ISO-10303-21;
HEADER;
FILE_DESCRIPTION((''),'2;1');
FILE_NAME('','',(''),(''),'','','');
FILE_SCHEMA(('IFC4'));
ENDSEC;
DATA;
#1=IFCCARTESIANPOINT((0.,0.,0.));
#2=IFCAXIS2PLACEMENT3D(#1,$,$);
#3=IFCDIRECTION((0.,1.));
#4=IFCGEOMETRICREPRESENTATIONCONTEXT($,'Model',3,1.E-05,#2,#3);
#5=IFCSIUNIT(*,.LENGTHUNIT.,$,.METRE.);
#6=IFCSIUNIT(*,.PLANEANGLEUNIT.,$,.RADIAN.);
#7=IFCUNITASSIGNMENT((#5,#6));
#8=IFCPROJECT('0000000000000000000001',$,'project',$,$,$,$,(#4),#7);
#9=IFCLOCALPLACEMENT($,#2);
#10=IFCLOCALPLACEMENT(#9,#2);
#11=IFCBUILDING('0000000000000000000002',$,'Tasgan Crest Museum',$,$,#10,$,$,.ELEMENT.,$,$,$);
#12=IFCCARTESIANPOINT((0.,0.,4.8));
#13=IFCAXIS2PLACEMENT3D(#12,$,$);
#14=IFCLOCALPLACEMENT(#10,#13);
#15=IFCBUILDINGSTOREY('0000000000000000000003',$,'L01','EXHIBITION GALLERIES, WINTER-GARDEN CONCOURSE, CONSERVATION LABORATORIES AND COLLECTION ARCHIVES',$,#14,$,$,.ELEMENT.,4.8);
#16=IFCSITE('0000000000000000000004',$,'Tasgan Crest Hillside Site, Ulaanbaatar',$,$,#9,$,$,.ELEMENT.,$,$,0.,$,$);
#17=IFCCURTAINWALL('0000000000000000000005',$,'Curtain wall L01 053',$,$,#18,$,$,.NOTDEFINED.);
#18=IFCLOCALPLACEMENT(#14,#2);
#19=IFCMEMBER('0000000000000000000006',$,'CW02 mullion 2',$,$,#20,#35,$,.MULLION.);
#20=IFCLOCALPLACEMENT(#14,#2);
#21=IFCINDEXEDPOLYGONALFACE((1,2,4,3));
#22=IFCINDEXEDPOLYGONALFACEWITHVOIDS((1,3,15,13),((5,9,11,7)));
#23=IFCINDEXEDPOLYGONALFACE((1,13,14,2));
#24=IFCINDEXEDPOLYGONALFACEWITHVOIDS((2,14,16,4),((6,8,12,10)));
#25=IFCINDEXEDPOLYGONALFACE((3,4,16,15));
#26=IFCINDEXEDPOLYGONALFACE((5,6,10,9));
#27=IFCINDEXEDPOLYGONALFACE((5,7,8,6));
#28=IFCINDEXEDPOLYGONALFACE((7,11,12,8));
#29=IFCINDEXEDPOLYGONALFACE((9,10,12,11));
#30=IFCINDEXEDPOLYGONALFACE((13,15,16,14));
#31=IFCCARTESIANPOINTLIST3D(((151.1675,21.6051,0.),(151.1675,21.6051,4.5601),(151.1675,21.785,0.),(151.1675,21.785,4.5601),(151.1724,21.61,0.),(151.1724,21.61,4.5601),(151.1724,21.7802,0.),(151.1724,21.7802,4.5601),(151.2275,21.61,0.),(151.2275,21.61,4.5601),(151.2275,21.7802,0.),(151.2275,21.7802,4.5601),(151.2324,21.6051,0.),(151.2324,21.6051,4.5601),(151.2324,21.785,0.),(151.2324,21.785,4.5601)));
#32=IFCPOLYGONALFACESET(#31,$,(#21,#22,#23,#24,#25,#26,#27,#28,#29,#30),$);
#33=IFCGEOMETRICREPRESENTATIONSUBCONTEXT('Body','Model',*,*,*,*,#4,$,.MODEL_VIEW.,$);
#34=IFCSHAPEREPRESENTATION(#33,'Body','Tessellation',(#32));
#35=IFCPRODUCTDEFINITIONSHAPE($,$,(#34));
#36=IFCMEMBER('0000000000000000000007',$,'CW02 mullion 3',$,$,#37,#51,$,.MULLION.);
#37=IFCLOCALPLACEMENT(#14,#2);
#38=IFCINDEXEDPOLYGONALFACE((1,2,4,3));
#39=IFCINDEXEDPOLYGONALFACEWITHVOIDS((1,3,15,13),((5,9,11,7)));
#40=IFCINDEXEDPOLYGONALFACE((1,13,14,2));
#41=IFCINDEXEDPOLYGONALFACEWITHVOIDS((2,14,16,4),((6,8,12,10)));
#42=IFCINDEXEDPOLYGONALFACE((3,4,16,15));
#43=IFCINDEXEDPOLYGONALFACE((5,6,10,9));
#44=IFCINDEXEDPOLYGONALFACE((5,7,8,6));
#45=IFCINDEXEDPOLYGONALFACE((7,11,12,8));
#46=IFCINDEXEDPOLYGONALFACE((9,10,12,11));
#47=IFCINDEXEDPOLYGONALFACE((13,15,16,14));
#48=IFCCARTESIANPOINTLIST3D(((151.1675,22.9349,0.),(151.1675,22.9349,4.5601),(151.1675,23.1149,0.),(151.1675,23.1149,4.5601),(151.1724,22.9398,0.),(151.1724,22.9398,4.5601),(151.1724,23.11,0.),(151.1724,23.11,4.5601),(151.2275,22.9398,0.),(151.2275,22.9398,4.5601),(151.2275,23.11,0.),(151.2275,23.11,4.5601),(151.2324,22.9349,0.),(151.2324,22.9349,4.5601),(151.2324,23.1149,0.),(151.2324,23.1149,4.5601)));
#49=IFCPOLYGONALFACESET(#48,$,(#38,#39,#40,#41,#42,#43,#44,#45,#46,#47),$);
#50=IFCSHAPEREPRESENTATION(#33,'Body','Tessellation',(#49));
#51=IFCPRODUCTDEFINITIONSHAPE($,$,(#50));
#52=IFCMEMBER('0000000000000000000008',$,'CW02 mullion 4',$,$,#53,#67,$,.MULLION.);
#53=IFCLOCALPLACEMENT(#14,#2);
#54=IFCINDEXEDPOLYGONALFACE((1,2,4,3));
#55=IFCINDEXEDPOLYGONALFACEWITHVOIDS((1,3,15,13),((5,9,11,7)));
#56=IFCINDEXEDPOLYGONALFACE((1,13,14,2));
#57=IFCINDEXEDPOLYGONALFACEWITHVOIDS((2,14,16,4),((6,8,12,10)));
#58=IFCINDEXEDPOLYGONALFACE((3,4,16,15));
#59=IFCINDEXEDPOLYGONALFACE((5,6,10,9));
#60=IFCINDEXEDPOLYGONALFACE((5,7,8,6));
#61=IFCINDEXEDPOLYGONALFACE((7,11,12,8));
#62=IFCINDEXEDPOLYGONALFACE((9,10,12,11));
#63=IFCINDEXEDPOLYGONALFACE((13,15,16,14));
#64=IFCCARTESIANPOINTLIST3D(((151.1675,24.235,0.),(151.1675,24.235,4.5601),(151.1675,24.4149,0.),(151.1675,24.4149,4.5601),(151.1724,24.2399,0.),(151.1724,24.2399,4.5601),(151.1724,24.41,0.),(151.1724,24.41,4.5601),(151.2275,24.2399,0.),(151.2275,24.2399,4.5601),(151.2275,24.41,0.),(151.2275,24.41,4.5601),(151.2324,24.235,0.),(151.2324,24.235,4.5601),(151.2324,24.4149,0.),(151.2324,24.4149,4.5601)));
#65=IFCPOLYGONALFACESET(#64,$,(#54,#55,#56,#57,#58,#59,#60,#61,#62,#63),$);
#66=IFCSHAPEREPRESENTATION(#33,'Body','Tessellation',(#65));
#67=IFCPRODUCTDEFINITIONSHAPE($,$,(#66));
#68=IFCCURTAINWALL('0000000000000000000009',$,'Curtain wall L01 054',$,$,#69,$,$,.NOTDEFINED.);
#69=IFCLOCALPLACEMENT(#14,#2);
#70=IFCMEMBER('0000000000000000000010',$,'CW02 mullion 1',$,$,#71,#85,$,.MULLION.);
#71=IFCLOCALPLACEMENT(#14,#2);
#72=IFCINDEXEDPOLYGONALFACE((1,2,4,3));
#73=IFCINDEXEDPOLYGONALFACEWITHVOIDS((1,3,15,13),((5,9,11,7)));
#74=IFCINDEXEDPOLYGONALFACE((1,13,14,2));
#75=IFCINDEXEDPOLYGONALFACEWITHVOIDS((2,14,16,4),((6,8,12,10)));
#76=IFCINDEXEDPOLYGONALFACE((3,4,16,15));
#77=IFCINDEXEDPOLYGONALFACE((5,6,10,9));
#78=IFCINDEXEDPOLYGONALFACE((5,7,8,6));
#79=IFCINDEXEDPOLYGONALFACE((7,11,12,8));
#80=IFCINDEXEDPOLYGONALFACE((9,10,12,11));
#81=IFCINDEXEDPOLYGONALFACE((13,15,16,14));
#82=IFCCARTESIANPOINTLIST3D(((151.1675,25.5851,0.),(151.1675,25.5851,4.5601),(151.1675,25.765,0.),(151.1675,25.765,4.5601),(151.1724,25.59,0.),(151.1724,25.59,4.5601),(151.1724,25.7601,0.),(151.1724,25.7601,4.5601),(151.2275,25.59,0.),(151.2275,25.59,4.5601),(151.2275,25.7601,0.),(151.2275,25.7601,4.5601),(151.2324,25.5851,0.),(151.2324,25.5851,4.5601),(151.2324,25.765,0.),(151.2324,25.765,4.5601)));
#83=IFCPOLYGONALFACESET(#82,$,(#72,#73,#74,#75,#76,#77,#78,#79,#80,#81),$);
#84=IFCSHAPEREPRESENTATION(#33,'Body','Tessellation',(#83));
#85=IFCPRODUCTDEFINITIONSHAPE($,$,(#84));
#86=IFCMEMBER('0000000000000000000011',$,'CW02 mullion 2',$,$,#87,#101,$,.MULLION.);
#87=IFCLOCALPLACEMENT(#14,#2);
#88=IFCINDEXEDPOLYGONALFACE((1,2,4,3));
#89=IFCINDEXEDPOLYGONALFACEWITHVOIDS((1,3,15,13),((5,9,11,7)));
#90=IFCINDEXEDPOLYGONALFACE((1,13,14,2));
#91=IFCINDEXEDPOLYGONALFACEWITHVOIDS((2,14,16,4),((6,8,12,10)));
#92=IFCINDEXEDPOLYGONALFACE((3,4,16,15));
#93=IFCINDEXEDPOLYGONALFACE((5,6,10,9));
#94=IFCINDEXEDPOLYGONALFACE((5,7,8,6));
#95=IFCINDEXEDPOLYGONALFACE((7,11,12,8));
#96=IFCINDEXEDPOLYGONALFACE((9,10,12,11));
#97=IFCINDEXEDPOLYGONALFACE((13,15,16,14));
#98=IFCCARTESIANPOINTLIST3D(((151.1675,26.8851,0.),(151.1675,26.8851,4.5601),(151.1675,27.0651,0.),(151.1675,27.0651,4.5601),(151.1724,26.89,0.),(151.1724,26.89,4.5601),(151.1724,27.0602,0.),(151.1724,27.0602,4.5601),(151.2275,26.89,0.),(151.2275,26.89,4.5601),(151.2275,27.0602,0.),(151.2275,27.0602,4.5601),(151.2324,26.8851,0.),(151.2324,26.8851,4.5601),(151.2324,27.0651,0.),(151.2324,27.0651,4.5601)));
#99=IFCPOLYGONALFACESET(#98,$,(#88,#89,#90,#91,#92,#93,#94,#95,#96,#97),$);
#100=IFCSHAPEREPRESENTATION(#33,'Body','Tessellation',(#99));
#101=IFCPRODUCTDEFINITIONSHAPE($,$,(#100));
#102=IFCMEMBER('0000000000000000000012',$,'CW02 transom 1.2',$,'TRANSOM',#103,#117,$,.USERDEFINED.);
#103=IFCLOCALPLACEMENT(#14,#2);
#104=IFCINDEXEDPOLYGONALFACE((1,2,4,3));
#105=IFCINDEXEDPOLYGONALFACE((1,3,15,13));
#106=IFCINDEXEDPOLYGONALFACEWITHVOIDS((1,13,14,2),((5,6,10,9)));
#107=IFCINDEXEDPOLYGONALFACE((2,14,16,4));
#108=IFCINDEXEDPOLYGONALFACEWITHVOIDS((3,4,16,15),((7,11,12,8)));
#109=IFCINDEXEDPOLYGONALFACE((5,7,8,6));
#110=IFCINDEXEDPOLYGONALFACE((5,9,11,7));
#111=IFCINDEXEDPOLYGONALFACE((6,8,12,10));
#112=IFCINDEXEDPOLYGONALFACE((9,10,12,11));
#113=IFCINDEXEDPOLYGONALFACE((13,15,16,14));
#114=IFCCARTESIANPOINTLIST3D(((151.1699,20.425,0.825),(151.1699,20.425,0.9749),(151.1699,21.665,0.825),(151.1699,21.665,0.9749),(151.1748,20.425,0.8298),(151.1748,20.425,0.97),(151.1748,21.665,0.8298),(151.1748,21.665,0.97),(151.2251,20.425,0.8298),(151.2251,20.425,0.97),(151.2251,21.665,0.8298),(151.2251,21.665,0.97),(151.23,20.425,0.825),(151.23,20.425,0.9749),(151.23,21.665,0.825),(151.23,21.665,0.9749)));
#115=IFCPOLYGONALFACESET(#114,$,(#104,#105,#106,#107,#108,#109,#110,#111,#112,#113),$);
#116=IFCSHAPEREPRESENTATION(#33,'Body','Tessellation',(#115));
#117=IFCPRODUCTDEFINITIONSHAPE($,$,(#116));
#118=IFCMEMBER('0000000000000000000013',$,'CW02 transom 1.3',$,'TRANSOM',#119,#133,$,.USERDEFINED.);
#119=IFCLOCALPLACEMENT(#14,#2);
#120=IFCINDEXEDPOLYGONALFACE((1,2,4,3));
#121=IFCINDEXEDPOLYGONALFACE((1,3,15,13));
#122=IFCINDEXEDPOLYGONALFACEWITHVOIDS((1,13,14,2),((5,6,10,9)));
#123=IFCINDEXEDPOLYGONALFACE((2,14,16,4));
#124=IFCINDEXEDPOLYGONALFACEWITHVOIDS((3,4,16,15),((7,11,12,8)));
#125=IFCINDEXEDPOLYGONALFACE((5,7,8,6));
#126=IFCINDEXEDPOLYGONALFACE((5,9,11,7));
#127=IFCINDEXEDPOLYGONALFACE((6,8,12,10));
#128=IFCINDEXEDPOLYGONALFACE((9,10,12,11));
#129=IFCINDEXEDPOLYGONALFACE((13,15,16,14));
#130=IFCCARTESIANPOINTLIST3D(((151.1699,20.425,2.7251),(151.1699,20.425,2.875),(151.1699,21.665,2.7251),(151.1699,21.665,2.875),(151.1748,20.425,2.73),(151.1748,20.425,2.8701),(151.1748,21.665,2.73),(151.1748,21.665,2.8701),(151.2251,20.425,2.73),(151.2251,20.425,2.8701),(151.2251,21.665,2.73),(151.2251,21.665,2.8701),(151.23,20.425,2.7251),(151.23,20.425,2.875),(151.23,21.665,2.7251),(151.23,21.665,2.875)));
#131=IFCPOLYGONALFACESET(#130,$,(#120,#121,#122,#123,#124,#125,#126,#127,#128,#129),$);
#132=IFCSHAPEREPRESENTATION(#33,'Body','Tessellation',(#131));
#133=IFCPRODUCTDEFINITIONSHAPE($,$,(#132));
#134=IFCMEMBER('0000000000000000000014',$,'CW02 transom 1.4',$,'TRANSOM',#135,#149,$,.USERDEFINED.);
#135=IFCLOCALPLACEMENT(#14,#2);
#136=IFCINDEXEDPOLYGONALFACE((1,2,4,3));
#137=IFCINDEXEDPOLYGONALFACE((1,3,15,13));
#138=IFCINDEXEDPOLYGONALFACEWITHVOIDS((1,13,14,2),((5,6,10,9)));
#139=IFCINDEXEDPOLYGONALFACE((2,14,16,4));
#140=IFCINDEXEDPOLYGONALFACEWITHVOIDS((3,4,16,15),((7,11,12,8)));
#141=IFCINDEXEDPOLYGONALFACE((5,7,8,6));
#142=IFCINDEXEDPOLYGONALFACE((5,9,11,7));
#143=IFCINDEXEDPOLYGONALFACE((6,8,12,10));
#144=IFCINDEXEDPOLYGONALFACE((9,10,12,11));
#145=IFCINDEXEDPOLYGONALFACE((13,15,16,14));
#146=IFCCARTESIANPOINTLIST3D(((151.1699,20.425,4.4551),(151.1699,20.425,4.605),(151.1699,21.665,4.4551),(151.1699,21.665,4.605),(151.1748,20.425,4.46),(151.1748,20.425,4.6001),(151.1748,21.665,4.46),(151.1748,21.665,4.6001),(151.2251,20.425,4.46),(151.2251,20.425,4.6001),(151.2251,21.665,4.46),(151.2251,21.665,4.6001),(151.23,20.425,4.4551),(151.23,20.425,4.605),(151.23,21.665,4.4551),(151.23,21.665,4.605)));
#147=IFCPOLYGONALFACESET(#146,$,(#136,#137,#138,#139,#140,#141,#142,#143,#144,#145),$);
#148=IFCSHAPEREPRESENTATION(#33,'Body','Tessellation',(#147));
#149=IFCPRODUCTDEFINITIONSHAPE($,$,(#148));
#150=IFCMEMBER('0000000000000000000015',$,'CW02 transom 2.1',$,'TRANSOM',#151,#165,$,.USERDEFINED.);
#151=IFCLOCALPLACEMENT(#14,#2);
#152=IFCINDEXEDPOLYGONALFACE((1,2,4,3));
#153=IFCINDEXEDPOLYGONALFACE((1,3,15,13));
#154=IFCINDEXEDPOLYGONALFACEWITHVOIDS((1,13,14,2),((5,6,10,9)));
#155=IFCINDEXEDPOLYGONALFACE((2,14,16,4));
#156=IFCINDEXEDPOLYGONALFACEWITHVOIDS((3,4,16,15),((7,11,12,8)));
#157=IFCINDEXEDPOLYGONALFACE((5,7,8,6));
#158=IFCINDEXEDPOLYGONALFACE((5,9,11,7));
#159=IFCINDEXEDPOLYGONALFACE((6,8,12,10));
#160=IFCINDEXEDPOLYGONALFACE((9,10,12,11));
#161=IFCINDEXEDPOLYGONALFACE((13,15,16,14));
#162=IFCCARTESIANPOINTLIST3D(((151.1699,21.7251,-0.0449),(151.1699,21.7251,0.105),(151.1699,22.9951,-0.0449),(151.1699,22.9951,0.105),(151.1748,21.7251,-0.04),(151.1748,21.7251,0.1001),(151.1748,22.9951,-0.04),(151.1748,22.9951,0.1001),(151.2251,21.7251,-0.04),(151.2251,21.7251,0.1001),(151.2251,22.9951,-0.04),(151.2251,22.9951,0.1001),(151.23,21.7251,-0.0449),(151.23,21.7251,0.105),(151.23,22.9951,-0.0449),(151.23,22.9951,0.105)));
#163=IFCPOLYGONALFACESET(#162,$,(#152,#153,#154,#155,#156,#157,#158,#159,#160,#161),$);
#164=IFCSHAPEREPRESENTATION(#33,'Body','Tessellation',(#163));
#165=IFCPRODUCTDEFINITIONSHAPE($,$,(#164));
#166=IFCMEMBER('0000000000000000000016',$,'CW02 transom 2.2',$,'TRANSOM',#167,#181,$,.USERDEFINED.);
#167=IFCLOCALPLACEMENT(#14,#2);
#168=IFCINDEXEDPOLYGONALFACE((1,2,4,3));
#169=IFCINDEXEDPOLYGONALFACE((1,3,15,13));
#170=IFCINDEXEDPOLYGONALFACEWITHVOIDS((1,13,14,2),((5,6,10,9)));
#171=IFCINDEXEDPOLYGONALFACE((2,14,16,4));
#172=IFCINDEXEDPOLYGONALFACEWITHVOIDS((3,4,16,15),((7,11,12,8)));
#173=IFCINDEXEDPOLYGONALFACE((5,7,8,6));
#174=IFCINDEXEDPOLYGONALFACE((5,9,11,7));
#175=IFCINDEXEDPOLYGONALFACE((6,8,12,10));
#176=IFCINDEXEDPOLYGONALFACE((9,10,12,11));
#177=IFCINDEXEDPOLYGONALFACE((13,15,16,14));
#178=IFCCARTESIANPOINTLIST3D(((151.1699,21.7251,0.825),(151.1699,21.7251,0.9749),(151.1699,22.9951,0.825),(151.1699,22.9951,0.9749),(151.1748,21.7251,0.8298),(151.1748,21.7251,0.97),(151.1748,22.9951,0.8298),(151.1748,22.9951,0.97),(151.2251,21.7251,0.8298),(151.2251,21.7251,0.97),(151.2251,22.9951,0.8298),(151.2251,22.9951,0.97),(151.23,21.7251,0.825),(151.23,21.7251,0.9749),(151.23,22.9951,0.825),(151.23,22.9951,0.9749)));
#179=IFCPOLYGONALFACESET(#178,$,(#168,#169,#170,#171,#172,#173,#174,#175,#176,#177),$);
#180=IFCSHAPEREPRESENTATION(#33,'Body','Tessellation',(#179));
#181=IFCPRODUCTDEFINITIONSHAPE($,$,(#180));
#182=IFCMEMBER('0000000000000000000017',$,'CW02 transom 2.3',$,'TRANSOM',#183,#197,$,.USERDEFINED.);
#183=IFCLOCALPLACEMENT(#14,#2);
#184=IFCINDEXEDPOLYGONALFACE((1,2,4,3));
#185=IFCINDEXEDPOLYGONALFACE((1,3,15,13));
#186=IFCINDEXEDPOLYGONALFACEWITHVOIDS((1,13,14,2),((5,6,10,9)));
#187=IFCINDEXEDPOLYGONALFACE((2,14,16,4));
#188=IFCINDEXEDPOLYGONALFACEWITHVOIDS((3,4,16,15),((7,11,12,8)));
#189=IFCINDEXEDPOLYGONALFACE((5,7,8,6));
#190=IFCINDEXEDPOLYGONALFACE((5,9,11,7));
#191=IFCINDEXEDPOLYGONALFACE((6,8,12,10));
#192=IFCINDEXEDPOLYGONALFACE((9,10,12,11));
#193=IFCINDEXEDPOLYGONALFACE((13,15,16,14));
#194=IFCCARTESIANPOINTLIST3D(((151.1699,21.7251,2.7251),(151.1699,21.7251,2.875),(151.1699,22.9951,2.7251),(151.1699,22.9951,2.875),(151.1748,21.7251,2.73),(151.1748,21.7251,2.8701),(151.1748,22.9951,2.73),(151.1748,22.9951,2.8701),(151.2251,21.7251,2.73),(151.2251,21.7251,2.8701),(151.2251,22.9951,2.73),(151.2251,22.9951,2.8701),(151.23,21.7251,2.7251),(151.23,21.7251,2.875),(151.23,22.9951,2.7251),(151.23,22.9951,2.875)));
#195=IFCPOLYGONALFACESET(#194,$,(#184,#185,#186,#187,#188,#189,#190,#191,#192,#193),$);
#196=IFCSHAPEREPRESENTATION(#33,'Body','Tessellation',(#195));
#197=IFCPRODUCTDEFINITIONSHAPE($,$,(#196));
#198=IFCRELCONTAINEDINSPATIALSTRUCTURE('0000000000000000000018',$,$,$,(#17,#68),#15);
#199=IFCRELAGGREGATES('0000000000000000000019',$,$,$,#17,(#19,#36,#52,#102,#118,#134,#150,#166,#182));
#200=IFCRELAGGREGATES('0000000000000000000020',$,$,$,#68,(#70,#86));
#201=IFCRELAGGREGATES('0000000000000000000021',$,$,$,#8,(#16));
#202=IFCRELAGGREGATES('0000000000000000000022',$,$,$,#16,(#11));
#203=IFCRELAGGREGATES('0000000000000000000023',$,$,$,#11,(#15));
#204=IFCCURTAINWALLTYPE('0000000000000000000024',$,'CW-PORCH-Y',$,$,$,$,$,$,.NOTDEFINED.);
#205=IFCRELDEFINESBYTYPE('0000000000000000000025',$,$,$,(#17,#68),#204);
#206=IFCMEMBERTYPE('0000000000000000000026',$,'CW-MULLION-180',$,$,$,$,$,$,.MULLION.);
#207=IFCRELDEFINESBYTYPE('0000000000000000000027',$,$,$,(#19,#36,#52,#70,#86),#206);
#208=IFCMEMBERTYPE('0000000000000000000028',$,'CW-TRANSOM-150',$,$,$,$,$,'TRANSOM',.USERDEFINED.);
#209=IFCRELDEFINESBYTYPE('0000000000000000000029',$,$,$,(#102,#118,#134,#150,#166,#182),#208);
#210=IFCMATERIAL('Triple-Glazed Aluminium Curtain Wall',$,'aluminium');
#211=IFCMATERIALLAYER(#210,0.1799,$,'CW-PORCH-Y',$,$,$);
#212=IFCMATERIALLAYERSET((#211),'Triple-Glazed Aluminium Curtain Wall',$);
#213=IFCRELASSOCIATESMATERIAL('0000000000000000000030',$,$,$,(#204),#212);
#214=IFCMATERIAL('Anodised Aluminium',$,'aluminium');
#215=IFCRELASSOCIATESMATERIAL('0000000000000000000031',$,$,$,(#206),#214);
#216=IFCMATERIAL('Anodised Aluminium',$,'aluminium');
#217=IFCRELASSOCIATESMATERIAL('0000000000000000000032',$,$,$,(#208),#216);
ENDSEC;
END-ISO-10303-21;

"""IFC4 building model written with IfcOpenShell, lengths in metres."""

from ifc_helpers import new_model, si_unit, direction, frame, origin, origin_2d, place, context, subcontext, project, spatial, hollow_rectangle, extrude, material, layer, layer_set, material_profile, profile_set, type_object, element, aggregate, save


model = new_model("IFC4")

# Units and contexts
model_context = context("Model", 3, precision=1e-05, world=origin(), true_north=direction((0.0, 1.0)))
body_context = subcontext(model_context, "Body", "Model", "MODEL_VIEW")
ifc_project = project(units=[si_unit("LENGTHUNIT", "METRE"), si_unit("PLANEANGLEUNIT", "RADIAN")], contexts=[model_context])

# Site, building, storey
site_placement = place(None, origin())
site = spatial("IfcSite", under=ifc_project, at=site_placement, Name="Tasgan Crest Hillside Site, Ulaanbaatar", CompositionType="ELEMENT", RefElevation=0.0)
building_placement = place(site_placement, origin())
building = spatial("IfcBuilding", under=site, at=building_placement, Name="Tasgan Crest Museum", CompositionType="ELEMENT")
storey_placement = place(building_placement, frame((0.0, 0.0, 4.8)))
storey = spatial("IfcBuildingStorey", under=building, at=storey_placement, Name="L01", Description="EXHIBITION GALLERIES, WINTER-GARDEN CONCOURSE, CONSERVATION LABORATORIES AND COLLECTION ARCHIVES", CompositionType="ELEMENT", Elevation=4.8)

# Curtain walls, members
ifc_material_1 = material(Name="Triple-Glazed Aluminium Curtain Wall", Category="aluminium")
ifc_layer_1 = layer(ifc_material_1, 0.1799, Name="CW-PORCH-Y")
ifc_layer_set_1 = layer_set([ifc_layer_1], Name="Triple-Glazed Aluminium Curtain Wall")
curtain_wall_type = type_object("IfcCurtainWallType", Name="CW-PORCH-Y", PredefinedType="NOTDEFINED", material=ifc_layer_set_1)
curtain_wall_1_placement = place(storey_placement, origin())
curtain_wall_1 = element("IfcCurtainWall", 1, at=curtain_wall_1_placement, inside=storey, type_object=curtain_wall_type, Name="Curtain wall L01 053", PredefinedType="NOTDEFINED")
ifc_material_2 = material(Name="Anodised Aluminium", Category="aluminium")
ifc_material_profile_1 = material_profile(ifc_material_2, hollow_rectangle(XDim=0.0649, YDim=0.1799, WallThickness=0.0049, at=origin_2d()), Name="ALU MULLION 180x65x5")
ifc_profile_set_1 = profile_set([ifc_material_profile_1], Name="Anodised Aluminium")
member_type_1 = type_object("IfcMemberType", Name="CW-MULLION-180", PredefinedType="MULLION", material=ifc_profile_set_1)
member_1_placement = place(storey_placement, frame((151.2, 21.6951, 0.0), z_axis=(0.0, 0.0, 1.0), x_axis=(-1.0, 0.0, 0.0)))
member_1 = element("IfcMember", 2, at=member_1_placement, type_object=member_type_1, Name="CW02 mullion 2", PredefinedType="MULLION", context=body_context, shape_type="SweptSolid", body=[
    extrude(hollow_rectangle(XDim=0.0649, YDim=0.1799, WallThickness=0.0049, at=origin_2d()), origin(), (0.0, 0.0, 1.0), 4.5601),
])
member_2_placement = place(storey_placement, frame((151.2, 23.0249, 0.0), z_axis=(0.0, 0.0, 1.0), x_axis=(-1.0, 0.0, 0.0)))
member_2 = element("IfcMember", 3, at=member_2_placement, type_object=member_type_1, Name="CW02 mullion 3", PredefinedType="MULLION", context=body_context, shape_type="SweptSolid", body=[
    extrude(hollow_rectangle(XDim=0.0649, YDim=0.1799, WallThickness=0.0049, at=origin_2d()), origin(), (0.0, 0.0, 1.0), 4.5601),
])
member_3_placement = place(storey_placement, frame((151.2, 24.325, 0.0), z_axis=(0.0, 0.0, 1.0), x_axis=(-1.0, 0.0, 0.0)))
member_3 = element("IfcMember", 4, at=member_3_placement, type_object=member_type_1, Name="CW02 mullion 4", PredefinedType="MULLION", context=body_context, shape_type="SweptSolid", body=[
    extrude(hollow_rectangle(XDim=0.0649, YDim=0.1799, WallThickness=0.0049, at=origin_2d()), origin(), (0.0, 0.0, 1.0), 4.5601),
])
curtain_wall_2_placement = place(storey_placement, origin())
curtain_wall_2 = element("IfcCurtainWall", 5, at=curtain_wall_2_placement, inside=storey, type_object=curtain_wall_type, Name="Curtain wall L01 054", PredefinedType="NOTDEFINED")
member_4_placement = place(storey_placement, frame((151.2, 25.675, 0.0), z_axis=(0.0, 0.0, 1.0), x_axis=(-1.0, 0.0, 0.0)))
member_4 = element("IfcMember", 6, at=member_4_placement, type_object=member_type_1, Name="CW02 mullion 1", PredefinedType="MULLION", context=body_context, shape_type="SweptSolid", body=[
    extrude(hollow_rectangle(XDim=0.0649, YDim=0.1799, WallThickness=0.0049, at=origin_2d()), origin(), (0.0, 0.0, 1.0), 4.5601),
])
member_5_placement = place(storey_placement, frame((151.2, 26.9751, 0.0), z_axis=(0.0, 0.0, 1.0), x_axis=(-1.0, 0.0, 0.0)))
member_5 = element("IfcMember", 7, at=member_5_placement, type_object=member_type_1, Name="CW02 mullion 2", PredefinedType="MULLION", context=body_context, shape_type="SweptSolid", body=[
    extrude(hollow_rectangle(XDim=0.0649, YDim=0.1799, WallThickness=0.0049, at=origin_2d()), origin(), (0.0, 0.0, 1.0), 4.5601),
])

# Members
ifc_material_3 = material(Name="Anodised Aluminium", Category="aluminium")
ifc_material_profile_2 = material_profile(ifc_material_3, hollow_rectangle(XDim=0.0601, YDim=0.1499, WallThickness=0.0049, at=origin_2d()), Name="ALU TRANSOM 150x60x5")
ifc_profile_set_2 = profile_set([ifc_material_profile_2], Name="Anodised Aluminium")
member_type_2 = type_object("IfcMemberType", Name="CW-TRANSOM-150", ElementType="TRANSOM", PredefinedType="USERDEFINED", material=ifc_profile_set_2)
member_6_placement = place(storey_placement, frame((151.2, 20.425, 0.8999), z_axis=(0.0, 1.0, 0.0), x_axis=(-1.0, 0.0, 0.0)))
member_6 = element("IfcMember", 8, at=member_6_placement, type_object=member_type_2, Name="CW02 transom 1.2", ObjectType="TRANSOM", PredefinedType="USERDEFINED", context=body_context, shape_type="SweptSolid", body=[
    extrude(hollow_rectangle(XDim=0.0601, YDim=0.1499, WallThickness=0.0049, at=origin_2d()), origin(), (0.0, 0.0, 1.0), 1.24),
])
member_7_placement = place(storey_placement, frame((151.2, 20.425, 2.8), z_axis=(0.0, 1.0, 0.0), x_axis=(-1.0, 0.0, 0.0)))
member_7 = element("IfcMember", 9, at=member_7_placement, type_object=member_type_2, Name="CW02 transom 1.3", ObjectType="TRANSOM", PredefinedType="USERDEFINED", context=body_context, shape_type="SweptSolid", body=[
    extrude(hollow_rectangle(XDim=0.0601, YDim=0.1499, WallThickness=0.0049, at=origin_2d()), origin(), (0.0, 0.0, 1.0), 1.24),
])
member_8_placement = place(storey_placement, frame((151.2, 20.425, 4.53), z_axis=(0.0, 1.0, 0.0), x_axis=(-1.0, 0.0, 0.0)))
member_8 = element("IfcMember", 10, at=member_8_placement, type_object=member_type_2, Name="CW02 transom 1.4", ObjectType="TRANSOM", PredefinedType="USERDEFINED", context=body_context, shape_type="SweptSolid", body=[
    extrude(hollow_rectangle(XDim=0.0601, YDim=0.1499, WallThickness=0.0049, at=origin_2d()), origin(), (0.0, 0.0, 1.0), 1.24),
])
member_9_placement = place(storey_placement, frame((151.2, 21.7251, 0.03), z_axis=(0.0, 1.0, 0.0), x_axis=(-1.0, 0.0, 0.0)))
member_9 = element("IfcMember", 11, at=member_9_placement, type_object=member_type_2, Name="CW02 transom 2.1", ObjectType="TRANSOM", PredefinedType="USERDEFINED", context=body_context, shape_type="SweptSolid", body=[
    extrude(hollow_rectangle(XDim=0.0601, YDim=0.1499, WallThickness=0.0049, at=origin_2d()), origin(), (0.0, 0.0, 1.0), 1.27),
])
member_10_placement = place(storey_placement, frame((151.2, 21.7251, 0.8999), z_axis=(0.0, 1.0, 0.0), x_axis=(-1.0, 0.0, 0.0)))
member_10 = element("IfcMember", 12, at=member_10_placement, type_object=member_type_2, Name="CW02 transom 2.2", ObjectType="TRANSOM", PredefinedType="USERDEFINED", context=body_context, shape_type="SweptSolid", body=[
    extrude(hollow_rectangle(XDim=0.0601, YDim=0.1499, WallThickness=0.0049, at=origin_2d()), origin(), (0.0, 0.0, 1.0), 1.27),
])
member_11_placement = place(storey_placement, frame((151.2, 21.7251, 2.8), z_axis=(0.0, 1.0, 0.0), x_axis=(-1.0, 0.0, 0.0)))
member_11 = element("IfcMember", 13, at=member_11_placement, type_object=member_type_2, Name="CW02 transom 2.3", ObjectType="TRANSOM", PredefinedType="USERDEFINED", context=body_context, shape_type="SweptSolid", body=[
    extrude(hollow_rectangle(XDim=0.0601, YDim=0.1499, WallThickness=0.0049, at=origin_2d()), origin(), (0.0, 0.0, 1.0), 1.27),
])

aggregate(curtain_wall_1, [member_1, member_2, member_3, member_6, member_7, member_8, member_9, member_10, member_11])
aggregate(curtain_wall_2, [member_4, member_5])

save(model, "model.ifc")
